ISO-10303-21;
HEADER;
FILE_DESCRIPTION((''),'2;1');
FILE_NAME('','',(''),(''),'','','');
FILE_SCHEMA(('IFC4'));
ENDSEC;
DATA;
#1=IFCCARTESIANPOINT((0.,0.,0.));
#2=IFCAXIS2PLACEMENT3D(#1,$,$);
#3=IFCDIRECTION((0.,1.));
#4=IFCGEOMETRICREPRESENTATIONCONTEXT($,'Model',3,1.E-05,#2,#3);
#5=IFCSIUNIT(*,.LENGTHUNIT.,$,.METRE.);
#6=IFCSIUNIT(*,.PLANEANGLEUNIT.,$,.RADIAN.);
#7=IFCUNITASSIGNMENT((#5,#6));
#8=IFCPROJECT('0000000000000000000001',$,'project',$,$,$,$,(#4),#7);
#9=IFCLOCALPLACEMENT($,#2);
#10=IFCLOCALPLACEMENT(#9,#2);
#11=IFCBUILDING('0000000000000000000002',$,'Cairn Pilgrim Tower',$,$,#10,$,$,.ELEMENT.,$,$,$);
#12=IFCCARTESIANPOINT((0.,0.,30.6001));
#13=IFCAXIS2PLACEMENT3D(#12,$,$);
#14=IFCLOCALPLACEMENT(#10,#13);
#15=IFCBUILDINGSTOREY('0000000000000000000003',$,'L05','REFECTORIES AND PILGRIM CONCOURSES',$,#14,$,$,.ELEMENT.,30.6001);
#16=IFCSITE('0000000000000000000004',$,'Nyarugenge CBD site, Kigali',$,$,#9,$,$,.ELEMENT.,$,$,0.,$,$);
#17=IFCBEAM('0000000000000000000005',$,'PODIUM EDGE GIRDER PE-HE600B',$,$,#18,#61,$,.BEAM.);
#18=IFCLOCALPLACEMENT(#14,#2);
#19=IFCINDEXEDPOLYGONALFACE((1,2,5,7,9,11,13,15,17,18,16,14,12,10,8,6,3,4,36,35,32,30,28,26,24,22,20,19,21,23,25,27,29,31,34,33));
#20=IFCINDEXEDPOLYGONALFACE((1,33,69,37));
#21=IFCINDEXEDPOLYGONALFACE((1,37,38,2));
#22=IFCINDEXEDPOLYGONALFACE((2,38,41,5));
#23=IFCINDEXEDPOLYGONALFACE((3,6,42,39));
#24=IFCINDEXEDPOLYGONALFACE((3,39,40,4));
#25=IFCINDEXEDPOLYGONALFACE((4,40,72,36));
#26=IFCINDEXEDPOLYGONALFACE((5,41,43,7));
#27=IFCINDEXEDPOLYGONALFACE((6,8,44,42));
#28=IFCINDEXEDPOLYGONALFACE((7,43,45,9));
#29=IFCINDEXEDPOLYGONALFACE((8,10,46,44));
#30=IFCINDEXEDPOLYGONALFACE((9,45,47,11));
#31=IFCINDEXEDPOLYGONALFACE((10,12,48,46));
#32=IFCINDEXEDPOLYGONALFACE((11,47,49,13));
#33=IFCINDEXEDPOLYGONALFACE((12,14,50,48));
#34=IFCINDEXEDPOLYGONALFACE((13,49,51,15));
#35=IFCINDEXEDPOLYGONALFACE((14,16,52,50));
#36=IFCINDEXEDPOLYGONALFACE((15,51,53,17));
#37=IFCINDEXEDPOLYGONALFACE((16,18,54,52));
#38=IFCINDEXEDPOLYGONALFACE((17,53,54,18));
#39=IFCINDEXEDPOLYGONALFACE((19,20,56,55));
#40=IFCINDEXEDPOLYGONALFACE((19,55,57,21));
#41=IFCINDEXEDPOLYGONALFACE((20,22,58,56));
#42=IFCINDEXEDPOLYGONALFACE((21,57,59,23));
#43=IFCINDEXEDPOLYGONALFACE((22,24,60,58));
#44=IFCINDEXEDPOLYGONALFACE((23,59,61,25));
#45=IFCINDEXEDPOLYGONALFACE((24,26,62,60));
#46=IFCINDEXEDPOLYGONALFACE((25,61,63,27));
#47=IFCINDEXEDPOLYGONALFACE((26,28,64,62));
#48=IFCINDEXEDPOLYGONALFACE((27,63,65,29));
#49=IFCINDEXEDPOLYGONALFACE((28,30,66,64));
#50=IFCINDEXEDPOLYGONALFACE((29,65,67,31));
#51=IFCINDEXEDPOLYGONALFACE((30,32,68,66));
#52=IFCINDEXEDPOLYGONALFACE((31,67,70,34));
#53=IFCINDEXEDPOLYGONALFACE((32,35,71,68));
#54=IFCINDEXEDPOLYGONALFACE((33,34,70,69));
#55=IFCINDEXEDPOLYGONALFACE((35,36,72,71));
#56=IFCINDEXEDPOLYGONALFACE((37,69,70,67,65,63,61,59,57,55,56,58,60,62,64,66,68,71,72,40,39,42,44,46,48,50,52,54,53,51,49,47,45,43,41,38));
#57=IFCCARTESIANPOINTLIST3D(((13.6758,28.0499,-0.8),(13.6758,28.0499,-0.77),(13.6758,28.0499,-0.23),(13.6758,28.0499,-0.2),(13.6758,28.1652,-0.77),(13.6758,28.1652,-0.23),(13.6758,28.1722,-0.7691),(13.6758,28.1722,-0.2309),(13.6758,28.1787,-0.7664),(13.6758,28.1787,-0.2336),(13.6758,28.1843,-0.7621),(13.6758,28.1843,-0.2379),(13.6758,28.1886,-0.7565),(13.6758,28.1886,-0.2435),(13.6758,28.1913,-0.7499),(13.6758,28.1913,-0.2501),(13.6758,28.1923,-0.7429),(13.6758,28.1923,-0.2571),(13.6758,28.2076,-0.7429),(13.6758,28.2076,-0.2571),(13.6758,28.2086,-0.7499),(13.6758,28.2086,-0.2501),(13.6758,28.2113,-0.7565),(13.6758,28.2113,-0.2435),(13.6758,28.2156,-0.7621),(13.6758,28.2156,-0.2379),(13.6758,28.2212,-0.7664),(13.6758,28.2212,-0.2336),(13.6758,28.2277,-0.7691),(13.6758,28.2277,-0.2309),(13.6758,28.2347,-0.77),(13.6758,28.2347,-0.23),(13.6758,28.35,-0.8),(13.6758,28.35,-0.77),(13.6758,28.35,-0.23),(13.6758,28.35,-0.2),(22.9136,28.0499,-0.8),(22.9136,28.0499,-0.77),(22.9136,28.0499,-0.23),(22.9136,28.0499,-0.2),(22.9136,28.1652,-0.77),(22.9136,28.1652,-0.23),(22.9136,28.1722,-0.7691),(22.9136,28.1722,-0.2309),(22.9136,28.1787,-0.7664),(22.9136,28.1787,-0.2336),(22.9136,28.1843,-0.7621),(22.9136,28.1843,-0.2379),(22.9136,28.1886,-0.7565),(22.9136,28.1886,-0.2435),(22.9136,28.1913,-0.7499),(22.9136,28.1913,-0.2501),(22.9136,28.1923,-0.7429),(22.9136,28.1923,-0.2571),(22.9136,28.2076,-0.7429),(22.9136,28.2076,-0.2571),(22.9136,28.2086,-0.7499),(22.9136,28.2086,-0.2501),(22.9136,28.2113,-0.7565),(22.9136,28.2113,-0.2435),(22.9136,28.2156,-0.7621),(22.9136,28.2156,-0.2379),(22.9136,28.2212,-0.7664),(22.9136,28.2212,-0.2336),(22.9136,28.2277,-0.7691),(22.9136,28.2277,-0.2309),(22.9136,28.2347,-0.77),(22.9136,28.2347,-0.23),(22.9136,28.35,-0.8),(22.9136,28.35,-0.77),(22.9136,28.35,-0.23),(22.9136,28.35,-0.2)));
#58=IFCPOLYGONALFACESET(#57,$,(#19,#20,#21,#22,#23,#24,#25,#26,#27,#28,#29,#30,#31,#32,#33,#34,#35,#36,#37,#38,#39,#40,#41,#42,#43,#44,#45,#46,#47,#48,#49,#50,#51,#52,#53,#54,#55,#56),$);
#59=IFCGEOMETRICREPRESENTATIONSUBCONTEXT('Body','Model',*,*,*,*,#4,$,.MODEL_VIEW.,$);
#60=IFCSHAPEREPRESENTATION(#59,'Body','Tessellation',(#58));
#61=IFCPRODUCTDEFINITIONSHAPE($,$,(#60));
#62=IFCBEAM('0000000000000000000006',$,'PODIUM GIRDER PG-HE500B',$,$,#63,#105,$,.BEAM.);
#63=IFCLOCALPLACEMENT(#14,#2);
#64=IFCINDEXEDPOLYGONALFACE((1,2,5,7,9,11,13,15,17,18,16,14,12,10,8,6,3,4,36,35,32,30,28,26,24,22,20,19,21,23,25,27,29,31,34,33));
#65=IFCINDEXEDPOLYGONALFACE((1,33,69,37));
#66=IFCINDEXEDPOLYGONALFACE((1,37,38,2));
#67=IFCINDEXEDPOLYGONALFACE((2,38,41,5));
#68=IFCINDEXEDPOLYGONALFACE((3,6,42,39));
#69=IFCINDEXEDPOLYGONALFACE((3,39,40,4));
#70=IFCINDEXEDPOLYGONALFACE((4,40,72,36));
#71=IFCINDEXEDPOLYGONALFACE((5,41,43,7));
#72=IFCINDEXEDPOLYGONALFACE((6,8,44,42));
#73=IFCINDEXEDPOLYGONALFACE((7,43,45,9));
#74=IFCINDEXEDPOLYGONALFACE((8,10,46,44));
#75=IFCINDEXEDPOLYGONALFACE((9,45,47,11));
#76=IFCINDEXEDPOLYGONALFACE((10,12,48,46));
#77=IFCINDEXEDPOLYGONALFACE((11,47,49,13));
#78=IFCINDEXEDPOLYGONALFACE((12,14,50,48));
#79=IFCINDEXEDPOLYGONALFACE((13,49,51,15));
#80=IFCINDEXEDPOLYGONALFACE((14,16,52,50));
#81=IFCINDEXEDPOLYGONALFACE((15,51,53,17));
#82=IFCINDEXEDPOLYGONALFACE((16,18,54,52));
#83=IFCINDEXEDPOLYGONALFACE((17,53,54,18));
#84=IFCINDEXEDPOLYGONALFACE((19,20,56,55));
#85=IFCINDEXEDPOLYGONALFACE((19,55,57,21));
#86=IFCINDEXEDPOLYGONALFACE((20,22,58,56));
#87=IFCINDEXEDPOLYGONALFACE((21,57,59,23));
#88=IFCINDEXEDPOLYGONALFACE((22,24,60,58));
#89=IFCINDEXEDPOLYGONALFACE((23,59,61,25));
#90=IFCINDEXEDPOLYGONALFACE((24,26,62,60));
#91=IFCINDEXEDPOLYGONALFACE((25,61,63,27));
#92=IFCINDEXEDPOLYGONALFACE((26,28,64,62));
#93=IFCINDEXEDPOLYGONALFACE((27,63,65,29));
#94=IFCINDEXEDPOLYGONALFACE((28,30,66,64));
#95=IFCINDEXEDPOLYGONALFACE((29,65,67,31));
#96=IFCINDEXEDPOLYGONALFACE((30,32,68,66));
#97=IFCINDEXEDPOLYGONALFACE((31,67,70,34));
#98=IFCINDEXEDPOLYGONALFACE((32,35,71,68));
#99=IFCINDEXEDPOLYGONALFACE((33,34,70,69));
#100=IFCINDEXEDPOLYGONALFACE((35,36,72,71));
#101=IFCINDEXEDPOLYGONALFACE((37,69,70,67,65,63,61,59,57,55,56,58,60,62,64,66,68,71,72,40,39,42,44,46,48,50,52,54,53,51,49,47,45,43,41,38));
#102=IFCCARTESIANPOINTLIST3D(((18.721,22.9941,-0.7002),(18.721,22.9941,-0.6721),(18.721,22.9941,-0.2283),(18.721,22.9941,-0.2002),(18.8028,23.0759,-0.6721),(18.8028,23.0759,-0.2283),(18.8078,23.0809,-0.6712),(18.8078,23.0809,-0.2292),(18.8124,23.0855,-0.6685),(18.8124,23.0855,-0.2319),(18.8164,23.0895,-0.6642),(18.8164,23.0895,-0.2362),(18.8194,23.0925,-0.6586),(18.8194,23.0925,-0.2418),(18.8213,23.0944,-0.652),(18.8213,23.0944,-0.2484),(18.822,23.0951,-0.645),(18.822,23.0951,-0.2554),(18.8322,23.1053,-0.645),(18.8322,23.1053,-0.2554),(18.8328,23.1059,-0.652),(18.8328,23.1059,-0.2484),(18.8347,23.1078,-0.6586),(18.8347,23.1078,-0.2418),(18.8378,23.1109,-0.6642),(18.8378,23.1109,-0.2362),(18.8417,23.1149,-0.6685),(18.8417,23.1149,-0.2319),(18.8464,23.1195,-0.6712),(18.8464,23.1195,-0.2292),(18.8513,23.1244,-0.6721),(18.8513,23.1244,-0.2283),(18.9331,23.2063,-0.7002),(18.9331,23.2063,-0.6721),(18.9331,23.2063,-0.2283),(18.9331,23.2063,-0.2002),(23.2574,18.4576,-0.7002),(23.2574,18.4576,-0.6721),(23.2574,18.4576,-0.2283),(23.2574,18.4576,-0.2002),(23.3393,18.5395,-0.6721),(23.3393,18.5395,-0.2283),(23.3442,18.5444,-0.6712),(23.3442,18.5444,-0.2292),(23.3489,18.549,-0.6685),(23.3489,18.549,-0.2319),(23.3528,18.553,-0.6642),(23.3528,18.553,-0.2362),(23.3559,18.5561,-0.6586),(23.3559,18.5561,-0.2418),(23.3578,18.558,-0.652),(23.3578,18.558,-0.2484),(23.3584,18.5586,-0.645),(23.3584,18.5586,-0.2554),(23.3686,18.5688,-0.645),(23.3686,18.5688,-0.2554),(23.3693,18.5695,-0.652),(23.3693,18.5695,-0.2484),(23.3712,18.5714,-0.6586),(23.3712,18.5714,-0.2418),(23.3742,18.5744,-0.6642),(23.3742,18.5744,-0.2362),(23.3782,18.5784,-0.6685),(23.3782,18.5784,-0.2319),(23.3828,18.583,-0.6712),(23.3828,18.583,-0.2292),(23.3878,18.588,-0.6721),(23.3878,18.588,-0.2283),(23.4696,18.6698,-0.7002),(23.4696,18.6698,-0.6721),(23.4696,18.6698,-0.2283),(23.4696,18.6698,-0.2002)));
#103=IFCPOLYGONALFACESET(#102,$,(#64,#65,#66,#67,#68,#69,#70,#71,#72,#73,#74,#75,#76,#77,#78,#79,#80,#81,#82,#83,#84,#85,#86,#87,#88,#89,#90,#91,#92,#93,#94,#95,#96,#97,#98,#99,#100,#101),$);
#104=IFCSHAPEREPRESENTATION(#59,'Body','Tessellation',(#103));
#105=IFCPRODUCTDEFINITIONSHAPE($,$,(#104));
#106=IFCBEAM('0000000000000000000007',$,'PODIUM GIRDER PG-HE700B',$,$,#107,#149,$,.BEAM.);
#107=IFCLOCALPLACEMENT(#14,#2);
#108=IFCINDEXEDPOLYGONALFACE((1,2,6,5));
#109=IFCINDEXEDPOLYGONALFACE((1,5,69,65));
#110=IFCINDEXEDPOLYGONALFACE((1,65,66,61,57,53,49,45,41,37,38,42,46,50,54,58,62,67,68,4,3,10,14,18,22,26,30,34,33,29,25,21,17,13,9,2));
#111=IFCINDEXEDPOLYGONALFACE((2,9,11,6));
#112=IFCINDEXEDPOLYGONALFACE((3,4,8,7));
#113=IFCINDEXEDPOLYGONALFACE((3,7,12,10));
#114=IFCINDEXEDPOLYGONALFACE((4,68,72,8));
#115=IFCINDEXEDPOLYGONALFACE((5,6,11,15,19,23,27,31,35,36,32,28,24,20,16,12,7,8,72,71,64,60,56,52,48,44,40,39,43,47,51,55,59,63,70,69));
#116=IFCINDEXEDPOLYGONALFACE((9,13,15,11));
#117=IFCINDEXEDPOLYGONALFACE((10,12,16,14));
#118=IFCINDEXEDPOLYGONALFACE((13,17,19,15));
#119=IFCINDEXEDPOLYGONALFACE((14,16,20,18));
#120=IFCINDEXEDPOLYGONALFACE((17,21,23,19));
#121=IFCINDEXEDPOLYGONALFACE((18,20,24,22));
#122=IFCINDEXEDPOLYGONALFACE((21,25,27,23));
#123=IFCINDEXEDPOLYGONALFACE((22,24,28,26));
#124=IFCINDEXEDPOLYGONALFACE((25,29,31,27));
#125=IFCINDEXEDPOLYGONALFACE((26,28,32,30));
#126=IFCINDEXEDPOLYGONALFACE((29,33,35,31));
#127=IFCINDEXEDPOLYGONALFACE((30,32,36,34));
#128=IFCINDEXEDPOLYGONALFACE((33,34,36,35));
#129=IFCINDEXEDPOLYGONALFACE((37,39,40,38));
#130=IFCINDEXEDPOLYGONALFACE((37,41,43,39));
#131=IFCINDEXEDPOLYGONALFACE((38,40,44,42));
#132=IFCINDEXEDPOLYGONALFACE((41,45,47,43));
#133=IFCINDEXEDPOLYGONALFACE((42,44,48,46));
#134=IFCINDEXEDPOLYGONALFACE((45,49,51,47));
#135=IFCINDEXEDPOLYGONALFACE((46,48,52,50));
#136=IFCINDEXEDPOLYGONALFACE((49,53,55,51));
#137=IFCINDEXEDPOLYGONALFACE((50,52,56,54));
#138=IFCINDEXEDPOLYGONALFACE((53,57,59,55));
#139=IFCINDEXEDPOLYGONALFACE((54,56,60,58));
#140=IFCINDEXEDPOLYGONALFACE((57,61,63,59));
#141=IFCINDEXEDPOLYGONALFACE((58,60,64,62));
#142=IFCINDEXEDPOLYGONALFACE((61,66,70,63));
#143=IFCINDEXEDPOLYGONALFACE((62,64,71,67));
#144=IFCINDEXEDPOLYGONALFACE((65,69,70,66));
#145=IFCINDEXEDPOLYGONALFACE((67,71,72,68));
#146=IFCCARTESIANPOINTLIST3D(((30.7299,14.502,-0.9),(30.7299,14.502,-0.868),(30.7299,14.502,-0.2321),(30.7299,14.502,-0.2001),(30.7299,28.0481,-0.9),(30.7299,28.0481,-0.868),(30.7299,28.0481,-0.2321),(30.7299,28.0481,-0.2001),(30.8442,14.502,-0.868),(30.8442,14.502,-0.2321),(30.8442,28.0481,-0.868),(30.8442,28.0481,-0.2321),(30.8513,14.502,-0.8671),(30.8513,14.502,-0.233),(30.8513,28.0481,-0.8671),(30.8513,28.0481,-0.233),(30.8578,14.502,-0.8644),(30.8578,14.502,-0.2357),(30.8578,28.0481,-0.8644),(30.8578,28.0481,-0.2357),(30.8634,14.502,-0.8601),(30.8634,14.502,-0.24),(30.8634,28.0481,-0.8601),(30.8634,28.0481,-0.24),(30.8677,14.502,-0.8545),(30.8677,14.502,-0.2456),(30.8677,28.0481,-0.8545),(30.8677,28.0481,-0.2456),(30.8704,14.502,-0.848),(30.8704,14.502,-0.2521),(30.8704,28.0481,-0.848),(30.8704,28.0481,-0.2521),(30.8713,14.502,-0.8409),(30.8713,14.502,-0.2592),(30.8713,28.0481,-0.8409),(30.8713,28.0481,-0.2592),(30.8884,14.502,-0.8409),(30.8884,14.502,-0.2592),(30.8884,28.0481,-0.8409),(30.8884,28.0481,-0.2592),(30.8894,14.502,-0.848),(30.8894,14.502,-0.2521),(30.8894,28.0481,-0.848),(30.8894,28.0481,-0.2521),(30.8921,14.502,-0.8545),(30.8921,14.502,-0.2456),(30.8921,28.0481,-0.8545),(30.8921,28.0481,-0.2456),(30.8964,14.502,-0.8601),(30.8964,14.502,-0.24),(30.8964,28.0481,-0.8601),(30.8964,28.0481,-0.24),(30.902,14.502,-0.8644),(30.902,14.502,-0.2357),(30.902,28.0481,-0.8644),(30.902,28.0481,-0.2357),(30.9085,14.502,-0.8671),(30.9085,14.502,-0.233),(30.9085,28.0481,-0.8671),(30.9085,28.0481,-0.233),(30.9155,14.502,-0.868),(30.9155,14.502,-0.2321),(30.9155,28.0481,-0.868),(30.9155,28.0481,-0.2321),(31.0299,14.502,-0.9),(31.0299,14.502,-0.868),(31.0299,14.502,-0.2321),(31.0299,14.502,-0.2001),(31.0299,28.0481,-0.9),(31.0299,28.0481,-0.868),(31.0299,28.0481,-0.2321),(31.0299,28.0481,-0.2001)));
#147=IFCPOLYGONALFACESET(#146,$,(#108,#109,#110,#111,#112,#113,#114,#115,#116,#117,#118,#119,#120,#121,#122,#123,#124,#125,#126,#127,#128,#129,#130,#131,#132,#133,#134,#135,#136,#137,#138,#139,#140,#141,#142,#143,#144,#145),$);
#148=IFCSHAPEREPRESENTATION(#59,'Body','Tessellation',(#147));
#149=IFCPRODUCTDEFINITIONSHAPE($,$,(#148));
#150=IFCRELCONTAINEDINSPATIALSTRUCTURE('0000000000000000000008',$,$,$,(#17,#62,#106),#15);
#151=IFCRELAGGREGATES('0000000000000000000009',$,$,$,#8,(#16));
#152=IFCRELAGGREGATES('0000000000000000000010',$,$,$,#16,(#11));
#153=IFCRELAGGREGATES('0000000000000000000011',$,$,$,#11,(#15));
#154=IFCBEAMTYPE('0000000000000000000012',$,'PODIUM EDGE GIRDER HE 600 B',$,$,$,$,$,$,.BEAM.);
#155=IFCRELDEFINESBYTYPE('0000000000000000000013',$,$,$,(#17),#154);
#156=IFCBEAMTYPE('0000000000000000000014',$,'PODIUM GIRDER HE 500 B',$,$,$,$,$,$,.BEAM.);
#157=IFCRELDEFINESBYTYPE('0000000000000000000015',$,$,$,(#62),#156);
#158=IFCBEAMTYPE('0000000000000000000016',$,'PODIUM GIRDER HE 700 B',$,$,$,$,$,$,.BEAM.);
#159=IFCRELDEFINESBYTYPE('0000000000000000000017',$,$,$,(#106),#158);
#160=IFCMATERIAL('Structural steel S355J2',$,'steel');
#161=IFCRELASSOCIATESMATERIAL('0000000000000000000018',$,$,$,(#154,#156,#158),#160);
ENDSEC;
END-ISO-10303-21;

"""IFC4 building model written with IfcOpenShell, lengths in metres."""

from ifc_helpers import new_model, si_unit, direction, frame, origin, origin_2d, place, context, subcontext, project, spatial, i_section, extrude, material, material_profile, profile_set, type_object, element, save


model = new_model("IFC4")

# Units and contexts
model_context = context("Model", 3, precision=1e-05, world=origin(), true_north=direction((0.0, 1.0)))
body_context = subcontext(model_context, "Body", "Model", "MODEL_VIEW")
ifc_project = project(units=[si_unit("LENGTHUNIT", "METRE"), si_unit("PLANEANGLEUNIT", "RADIAN")], contexts=[model_context])

# Site, building, storey
site_placement = place(None, origin())
site = spatial("IfcSite", under=ifc_project, at=site_placement, Name="Nyarugenge CBD site, Kigali", CompositionType="ELEMENT", RefElevation=0.0)
building_placement = place(site_placement, origin())
building = spatial("IfcBuilding", under=site, at=building_placement, Name="Cairn Pilgrim Tower", CompositionType="ELEMENT")
storey_placement = place(building_placement, frame((0.0, 0.0, 30.6001)))
storey = spatial("IfcBuildingStorey", under=building, at=storey_placement, Name="L05", Description="REFECTORIES AND PILGRIM CONCOURSES", CompositionType="ELEMENT", Elevation=30.6001)

# Shared definitions
ifc_material_1 = material(Name="Structural steel S355J2", Category="steel")

# Beams
ifc_material_profile_1 = material_profile(ifc_material_1, i_section(OverallWidth=0.3, OverallDepth=0.6001, WebThickness=0.0154, FlangeThickness=0.03, FilletRadius=0.0271, at=origin_2d()), Name="HEB 600")
ifc_profile_set_1 = profile_set([ifc_material_profile_1], Name="Structural steel S355J2")
beam_type_1 = type_object("IfcBeamType", Name="PODIUM EDGE GIRDER HE 600 B", PredefinedType="BEAM", material=ifc_profile_set_1)
beam_1_placement = place(storey_placement, frame((22.9136, 28.2, -0.5), z_axis=(-1.0, 0.0, 0.0), x_axis=(0.0, -1.0, 0.0)))
element("IfcBeam", 1, at=beam_1_placement, inside=storey, type_object=beam_type_1, Name="PODIUM EDGE GIRDER PE-HE600B", PredefinedType="BEAM", context=body_context, shape_type="SweptSolid", body=[
    extrude(i_section(OverallWidth=0.3, OverallDepth=0.6001, WebThickness=0.0154, FlangeThickness=0.03, FilletRadius=0.0271, at=origin_2d()), origin(), (0.0, 0.0, 1.0), 9.2378),
])
ifc_material_profile_2 = material_profile(ifc_material_1, i_section(OverallWidth=0.3, OverallDepth=0.5, WebThickness=0.0144, FlangeThickness=0.0281, FilletRadius=0.0271, at=origin_2d()), Name="HEB 500")
ifc_profile_set_2 = profile_set([ifc_material_profile_2], Name="Structural steel S355J2")
beam_type_2 = type_object("IfcBeamType", Name="PODIUM GIRDER HE 500 B", PredefinedType="BEAM", material=ifc_profile_set_2)
beam_2_placement = place(storey_placement, frame((23.3635, 18.5637, -0.4502), z_axis=(-0.707107, 0.707107, 0.0), x_axis=(-0.707107, -0.707107, 0.0)))
element("IfcBeam", 2, at=beam_2_placement, inside=storey, type_object=beam_type_2, Name="PODIUM GIRDER PG-HE500B", PredefinedType="BEAM", context=body_context, shape_type="SweptSolid", body=[
    extrude(i_section(OverallWidth=0.3, OverallDepth=0.5, WebThickness=0.0144, FlangeThickness=0.0281, FilletRadius=0.0271, at=origin_2d()), origin(), (0.0, 0.0, 1.0), 6.4155),
])
ifc_material_profile_3 = material_profile(ifc_material_1, i_section(OverallWidth=0.3, OverallDepth=0.7, WebThickness=0.0171, FlangeThickness=0.032, FilletRadius=0.0271, at=origin_2d()), Name="HEB 700")
ifc_profile_set_3 = profile_set([ifc_material_profile_3], Name="Structural steel S355J2")
beam_type_3 = type_object("IfcBeamType", Name="PODIUM GIRDER HE 700 B", PredefinedType="BEAM", material=ifc_profile_set_3)
beam_3_placement = place(storey_placement, frame((30.8799, 14.502, -0.55), z_axis=(0.0, 1.0, 0.0), x_axis=(-1.0, 0.0, 0.0)))
element("IfcBeam", 3, at=beam_3_placement, inside=storey, type_object=beam_type_3, Name="PODIUM GIRDER PG-HE700B", PredefinedType="BEAM", context=body_context, shape_type="SweptSolid", body=[
    extrude(i_section(OverallWidth=0.3, OverallDepth=0.7, WebThickness=0.0171, FlangeThickness=0.032, FilletRadius=0.0271, at=origin_2d()), origin(), (0.0, 0.0, 1.0), 13.5461),
])

save(model, "model.ifc")
